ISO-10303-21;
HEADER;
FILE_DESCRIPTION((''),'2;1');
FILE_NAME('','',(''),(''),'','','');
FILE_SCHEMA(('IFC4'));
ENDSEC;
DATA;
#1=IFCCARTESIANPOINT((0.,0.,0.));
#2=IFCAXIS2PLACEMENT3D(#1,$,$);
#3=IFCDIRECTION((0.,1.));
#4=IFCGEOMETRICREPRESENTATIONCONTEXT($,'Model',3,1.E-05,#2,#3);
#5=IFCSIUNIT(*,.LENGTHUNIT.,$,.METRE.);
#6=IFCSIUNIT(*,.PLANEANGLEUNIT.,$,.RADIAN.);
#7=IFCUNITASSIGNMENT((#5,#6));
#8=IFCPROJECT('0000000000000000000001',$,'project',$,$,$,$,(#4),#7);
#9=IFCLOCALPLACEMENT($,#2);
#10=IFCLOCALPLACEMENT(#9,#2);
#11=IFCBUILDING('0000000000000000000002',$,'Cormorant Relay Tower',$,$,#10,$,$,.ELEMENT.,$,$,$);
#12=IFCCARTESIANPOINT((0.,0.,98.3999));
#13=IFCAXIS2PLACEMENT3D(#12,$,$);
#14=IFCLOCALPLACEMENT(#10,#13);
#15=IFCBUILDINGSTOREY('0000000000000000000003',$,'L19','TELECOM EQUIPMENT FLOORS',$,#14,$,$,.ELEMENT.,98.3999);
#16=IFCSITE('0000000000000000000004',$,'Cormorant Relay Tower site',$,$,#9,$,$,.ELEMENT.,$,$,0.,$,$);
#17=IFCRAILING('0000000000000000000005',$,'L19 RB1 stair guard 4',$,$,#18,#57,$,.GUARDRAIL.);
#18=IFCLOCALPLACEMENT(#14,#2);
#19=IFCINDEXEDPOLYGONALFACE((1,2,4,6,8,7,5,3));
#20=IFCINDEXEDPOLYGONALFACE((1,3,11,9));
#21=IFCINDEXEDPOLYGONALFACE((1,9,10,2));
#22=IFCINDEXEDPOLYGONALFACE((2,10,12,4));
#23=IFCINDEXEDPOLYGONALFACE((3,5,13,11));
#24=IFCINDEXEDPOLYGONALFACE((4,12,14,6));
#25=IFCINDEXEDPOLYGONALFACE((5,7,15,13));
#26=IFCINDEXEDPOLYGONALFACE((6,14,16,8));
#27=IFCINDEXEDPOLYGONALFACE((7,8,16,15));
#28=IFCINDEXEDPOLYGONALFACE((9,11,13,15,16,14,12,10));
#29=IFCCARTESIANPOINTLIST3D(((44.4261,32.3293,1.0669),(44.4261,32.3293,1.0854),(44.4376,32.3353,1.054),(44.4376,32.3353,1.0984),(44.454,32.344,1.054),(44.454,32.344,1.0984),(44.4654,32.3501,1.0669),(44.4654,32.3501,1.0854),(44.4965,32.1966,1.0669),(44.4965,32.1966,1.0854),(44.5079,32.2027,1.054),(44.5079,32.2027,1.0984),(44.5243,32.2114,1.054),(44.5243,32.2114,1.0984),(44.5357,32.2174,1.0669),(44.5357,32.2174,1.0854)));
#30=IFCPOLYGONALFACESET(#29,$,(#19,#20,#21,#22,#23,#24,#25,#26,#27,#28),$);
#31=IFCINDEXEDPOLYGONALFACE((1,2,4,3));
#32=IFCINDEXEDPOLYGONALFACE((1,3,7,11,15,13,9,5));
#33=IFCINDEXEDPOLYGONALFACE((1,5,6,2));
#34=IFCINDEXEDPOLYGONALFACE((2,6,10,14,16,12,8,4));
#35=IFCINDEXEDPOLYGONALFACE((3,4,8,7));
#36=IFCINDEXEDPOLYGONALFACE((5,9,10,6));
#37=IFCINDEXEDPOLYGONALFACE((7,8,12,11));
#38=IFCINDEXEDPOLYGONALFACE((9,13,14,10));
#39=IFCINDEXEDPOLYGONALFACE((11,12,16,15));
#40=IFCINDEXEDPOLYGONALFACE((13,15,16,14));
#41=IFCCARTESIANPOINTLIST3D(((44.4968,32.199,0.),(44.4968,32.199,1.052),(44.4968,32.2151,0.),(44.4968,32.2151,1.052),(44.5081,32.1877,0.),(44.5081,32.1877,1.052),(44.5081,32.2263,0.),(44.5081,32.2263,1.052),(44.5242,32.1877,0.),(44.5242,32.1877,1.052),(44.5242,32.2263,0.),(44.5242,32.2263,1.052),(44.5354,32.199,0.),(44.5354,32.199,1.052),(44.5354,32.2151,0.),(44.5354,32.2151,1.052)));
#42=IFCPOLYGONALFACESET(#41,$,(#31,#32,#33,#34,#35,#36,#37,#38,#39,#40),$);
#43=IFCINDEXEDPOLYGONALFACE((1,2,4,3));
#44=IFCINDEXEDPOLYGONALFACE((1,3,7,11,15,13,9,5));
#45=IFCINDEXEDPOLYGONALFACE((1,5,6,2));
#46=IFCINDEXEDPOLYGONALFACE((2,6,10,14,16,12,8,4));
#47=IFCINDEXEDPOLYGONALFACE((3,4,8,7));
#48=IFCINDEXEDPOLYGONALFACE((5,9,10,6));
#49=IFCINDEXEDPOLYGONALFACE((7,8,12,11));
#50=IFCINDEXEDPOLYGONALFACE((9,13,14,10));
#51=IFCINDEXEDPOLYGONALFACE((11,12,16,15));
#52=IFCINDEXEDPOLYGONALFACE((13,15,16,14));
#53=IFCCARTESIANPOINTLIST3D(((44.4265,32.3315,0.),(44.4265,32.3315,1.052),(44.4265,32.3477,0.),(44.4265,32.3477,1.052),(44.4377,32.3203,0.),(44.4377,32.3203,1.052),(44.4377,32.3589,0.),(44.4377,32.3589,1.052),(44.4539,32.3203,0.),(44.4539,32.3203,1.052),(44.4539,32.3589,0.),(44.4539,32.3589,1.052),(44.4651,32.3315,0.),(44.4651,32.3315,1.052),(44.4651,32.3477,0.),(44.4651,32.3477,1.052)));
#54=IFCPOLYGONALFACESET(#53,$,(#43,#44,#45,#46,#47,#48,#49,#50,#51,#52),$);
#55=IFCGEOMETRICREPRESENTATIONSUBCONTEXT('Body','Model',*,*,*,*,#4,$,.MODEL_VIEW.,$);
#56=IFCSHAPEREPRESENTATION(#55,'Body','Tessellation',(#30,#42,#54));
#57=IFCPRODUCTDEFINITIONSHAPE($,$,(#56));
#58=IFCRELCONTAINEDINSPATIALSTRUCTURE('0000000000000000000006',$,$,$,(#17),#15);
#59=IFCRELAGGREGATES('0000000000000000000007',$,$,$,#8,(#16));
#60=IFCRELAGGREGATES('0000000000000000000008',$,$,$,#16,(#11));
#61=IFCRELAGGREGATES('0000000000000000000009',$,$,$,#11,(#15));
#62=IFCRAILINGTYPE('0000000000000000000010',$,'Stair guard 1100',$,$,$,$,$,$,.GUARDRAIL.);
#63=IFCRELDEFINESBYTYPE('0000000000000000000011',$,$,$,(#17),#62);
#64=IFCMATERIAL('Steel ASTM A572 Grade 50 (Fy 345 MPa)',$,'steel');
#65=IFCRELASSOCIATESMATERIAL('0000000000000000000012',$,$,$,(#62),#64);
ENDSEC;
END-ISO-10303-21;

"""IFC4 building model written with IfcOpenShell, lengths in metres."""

from ifc_helpers import new_model, si_unit, direction, frame, origin, place, context, subcontext, project, spatial, polyline, outline, extrude, material, type_object, element, save


model = new_model("IFC4")

# Units and contexts
model_context = context("Model", 3, precision=1e-05, world=origin(), true_north=direction((0.0, 1.0)))
body_context = subcontext(model_context, "Body", "Model", "MODEL_VIEW")
ifc_project = project(units=[si_unit("LENGTHUNIT", "METRE"), si_unit("PLANEANGLEUNIT", "RADIAN")], contexts=[model_context])

# Site, building, storey
site_placement = place(None, origin())
site = spatial("IfcSite", under=ifc_project, at=site_placement, Name="Cormorant Relay Tower site", CompositionType="ELEMENT", RefElevation=0.0)
building_placement = place(site_placement, origin())
building = spatial("IfcBuilding", under=site, at=building_placement, Name="Cormorant Relay Tower", CompositionType="ELEMENT")
storey_placement = place(building_placement, frame((0.0, 0.0, 98.3999)))
storey = spatial("IfcBuildingStorey", under=building, at=storey_placement, Name="L19", Description="TELECOM EQUIPMENT FLOORS", CompositionType="ELEMENT", Elevation=98.3999)

# Railing
ifc_material_1 = material(Name="Steel ASTM A572 Grade 50 (Fy 345 MPa)", Category="steel")
railing_type = type_object("IfcRailingType", Name="Stair guard 1100", PredefinedType="GUARDRAIL", material=ifc_material_1)
railing_1_placement = place(storey_placement, frame((44.5161, 32.207, 0.0)))
element("IfcRailing", 1, at=railing_1_placement, inside=storey, type_object=railing_type, Name="L19 RB1 stair guard 4", PredefinedType="GUARDRAIL", context=body_context, shape_type="SweptSolid", body=[
    extrude(outline(polyline([(0.0222, 0.0093), (0.0093, 0.0222), (-0.0093, 0.0222), (-0.0222, 0.0093), (-0.0222, -0.0093), (-0.0093, -0.0222), (0.0093, -0.0222), (0.0222, -0.0093), (0.0222, 0.0093)])), frame((0.0, 0.0, 1.0762), z_axis=(-0.46856, 0.883431, 0.0), x_axis=(-0.883431, -0.46856, 0.0)), (0.0, 0.0, 1.0), 0.1501),
    extrude(outline(polyline([(0.0193, 0.0081), (0.0081, 0.0193), (-0.0081, 0.0193), (-0.0193, 0.0081), (-0.0193, -0.0081), (-0.0081, -0.0193), (0.0081, -0.0193), (0.0193, -0.0081), (0.0193, 0.0081)])), origin(), (0.0, 0.0, 1.0), 1.052),
    extrude(outline(polyline([(0.0193, 0.0081), (0.0081, 0.0193), (-0.0081, 0.0193), (-0.0193, 0.0081), (-0.0193, -0.0081), (-0.0081, -0.0193), (0.0081, -0.0193), (0.0193, -0.0081), (0.0193, 0.0081)])), frame((-0.0703, 0.1326, 0.0)), (0.0, 0.0, 1.0), 1.052),
])

save(model, "model.ifc")
